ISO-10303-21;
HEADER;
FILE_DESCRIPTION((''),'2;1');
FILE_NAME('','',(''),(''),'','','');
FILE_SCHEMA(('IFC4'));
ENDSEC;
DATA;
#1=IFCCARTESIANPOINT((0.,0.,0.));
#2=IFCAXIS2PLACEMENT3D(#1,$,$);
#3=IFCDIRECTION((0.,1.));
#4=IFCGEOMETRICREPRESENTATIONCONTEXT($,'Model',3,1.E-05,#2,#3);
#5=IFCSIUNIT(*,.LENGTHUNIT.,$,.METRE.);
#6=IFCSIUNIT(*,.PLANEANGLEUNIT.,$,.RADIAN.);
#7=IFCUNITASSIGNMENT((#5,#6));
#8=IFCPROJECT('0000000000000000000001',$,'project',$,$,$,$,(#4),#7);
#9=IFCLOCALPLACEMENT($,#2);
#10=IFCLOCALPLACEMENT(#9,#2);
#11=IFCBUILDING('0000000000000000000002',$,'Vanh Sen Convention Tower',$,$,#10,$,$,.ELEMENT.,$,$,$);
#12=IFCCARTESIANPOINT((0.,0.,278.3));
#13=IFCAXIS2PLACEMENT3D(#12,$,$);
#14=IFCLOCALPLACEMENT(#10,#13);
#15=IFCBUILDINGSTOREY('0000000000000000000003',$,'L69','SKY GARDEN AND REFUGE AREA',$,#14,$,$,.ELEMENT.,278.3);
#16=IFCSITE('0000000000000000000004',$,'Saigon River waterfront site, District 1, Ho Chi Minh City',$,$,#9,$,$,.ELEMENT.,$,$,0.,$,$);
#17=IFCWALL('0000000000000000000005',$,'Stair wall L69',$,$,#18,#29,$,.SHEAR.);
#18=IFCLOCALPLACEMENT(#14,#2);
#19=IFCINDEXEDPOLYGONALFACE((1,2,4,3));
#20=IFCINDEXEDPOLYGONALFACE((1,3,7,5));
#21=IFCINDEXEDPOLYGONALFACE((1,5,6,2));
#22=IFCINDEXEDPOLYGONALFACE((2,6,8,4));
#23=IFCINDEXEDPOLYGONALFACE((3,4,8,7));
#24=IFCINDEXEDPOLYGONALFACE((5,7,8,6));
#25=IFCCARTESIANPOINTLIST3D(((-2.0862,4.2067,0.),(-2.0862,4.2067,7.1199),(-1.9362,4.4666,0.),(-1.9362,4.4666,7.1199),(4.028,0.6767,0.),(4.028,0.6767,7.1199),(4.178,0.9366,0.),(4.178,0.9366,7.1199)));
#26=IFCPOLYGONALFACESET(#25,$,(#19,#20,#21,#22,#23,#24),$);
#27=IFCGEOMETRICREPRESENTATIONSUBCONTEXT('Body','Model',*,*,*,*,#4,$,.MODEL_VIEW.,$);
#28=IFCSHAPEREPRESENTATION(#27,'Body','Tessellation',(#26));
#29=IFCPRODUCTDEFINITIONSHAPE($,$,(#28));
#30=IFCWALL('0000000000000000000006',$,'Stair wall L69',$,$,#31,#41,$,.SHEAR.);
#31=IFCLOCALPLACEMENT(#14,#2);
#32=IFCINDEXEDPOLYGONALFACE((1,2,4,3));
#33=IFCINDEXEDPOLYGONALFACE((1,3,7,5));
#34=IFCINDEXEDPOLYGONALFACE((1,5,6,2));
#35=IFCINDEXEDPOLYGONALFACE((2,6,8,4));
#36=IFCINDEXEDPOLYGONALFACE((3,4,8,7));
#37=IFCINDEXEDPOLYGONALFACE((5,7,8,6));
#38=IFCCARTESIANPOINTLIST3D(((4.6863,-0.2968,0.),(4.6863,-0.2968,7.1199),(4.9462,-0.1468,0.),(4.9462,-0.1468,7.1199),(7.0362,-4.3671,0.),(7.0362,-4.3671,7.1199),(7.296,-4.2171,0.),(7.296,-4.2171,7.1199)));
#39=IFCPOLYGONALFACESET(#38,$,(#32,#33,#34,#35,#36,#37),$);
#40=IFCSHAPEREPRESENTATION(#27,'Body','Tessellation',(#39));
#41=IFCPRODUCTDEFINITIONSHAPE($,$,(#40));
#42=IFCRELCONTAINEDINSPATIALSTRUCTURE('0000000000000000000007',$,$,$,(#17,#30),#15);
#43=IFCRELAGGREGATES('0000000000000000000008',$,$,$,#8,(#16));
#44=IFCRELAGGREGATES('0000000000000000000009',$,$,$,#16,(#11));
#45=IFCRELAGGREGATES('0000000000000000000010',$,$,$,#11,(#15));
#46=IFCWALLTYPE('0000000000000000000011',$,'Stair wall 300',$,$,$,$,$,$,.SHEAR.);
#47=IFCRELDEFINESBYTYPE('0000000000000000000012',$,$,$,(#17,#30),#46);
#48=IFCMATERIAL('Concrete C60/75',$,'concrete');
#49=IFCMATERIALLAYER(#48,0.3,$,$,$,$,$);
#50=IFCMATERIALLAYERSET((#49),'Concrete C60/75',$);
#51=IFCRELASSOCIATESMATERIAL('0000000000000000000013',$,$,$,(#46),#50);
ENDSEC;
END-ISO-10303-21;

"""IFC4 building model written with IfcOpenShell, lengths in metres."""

from ifc_helpers import new_model, si_unit, direction, frame, frame_2d, origin, place, context, subcontext, project, spatial, rectangle, extrude, material, layer, layer_set, type_object, element, save


model = new_model("IFC4")

# Units and contexts
model_context = context("Model", 3, precision=1e-05, world=origin(), true_north=direction((0.0, 1.0)))
body_context = subcontext(model_context, "Body", "Model", "MODEL_VIEW")
ifc_project = project(units=[si_unit("LENGTHUNIT", "METRE"), si_unit("PLANEANGLEUNIT", "RADIAN")], contexts=[model_context])

# Site, building, storey
site_placement = place(None, origin())
site = spatial("IfcSite", under=ifc_project, at=site_placement, Name="Saigon River waterfront site, District 1, Ho Chi Minh City", CompositionType="ELEMENT", RefElevation=0.0)
building_placement = place(site_placement, origin())
building = spatial("IfcBuilding", under=site, at=building_placement, Name="Vanh Sen Convention Tower", CompositionType="ELEMENT")
storey_placement = place(building_placement, frame((0.0, 0.0, 278.3)))
storey = spatial("IfcBuildingStorey", under=building, at=storey_placement, Name="L69", Description="SKY GARDEN AND REFUGE AREA", CompositionType="ELEMENT", Elevation=278.3)

# Shared definitions
ifc_material_1 = material(Name="Concrete C60/75", Category="concrete")
ifc_layer_1 = layer(ifc_material_1, 0.3)
ifc_layer_set_1 = layer_set([ifc_layer_1], Name="Concrete C60/75")
wall_type_1 = type_object("IfcWallType", Name="Stair wall 300", PredefinedType="SHEAR", material=ifc_layer_set_1)

# Walls
wall_1_placement = place(storey_placement, frame((4.103, 0.8066, 0.0), z_axis=(0.0, 0.0, 1.0), x_axis=(-0.866028, 0.499996, 0.0)))
element("IfcWall", 1, at=wall_1_placement, inside=storey, type_object=wall_type_1, Name="Stair wall L69", PredefinedType="SHEAR", context=body_context, shape_type="SweptSolid", body=[
    extrude(rectangle(XDim=7.0601, YDim=0.3, at=frame_2d((3.53, 0.0))), origin(), (0.0, 0.0, 1.0), 7.1199),
])
wall_2_placement = place(storey_placement, frame((4.8162, -0.2217, 0.0), z_axis=(0.0, 0.0, 1.0), x_axis=(0.499977, -0.866039, 0.0)))
element("IfcWall", 2, at=wall_2_placement, inside=storey, type_object=wall_type_1, Name="Stair wall L69", PredefinedType="SHEAR", context=body_context, shape_type="SweptSolid", body=[
    extrude(rectangle(XDim=4.7, YDim=0.3, at=frame_2d((2.3501, 0.0))), origin(), (0.0, 0.0, 1.0), 7.1199),
])

save(model, "model.ifc")
